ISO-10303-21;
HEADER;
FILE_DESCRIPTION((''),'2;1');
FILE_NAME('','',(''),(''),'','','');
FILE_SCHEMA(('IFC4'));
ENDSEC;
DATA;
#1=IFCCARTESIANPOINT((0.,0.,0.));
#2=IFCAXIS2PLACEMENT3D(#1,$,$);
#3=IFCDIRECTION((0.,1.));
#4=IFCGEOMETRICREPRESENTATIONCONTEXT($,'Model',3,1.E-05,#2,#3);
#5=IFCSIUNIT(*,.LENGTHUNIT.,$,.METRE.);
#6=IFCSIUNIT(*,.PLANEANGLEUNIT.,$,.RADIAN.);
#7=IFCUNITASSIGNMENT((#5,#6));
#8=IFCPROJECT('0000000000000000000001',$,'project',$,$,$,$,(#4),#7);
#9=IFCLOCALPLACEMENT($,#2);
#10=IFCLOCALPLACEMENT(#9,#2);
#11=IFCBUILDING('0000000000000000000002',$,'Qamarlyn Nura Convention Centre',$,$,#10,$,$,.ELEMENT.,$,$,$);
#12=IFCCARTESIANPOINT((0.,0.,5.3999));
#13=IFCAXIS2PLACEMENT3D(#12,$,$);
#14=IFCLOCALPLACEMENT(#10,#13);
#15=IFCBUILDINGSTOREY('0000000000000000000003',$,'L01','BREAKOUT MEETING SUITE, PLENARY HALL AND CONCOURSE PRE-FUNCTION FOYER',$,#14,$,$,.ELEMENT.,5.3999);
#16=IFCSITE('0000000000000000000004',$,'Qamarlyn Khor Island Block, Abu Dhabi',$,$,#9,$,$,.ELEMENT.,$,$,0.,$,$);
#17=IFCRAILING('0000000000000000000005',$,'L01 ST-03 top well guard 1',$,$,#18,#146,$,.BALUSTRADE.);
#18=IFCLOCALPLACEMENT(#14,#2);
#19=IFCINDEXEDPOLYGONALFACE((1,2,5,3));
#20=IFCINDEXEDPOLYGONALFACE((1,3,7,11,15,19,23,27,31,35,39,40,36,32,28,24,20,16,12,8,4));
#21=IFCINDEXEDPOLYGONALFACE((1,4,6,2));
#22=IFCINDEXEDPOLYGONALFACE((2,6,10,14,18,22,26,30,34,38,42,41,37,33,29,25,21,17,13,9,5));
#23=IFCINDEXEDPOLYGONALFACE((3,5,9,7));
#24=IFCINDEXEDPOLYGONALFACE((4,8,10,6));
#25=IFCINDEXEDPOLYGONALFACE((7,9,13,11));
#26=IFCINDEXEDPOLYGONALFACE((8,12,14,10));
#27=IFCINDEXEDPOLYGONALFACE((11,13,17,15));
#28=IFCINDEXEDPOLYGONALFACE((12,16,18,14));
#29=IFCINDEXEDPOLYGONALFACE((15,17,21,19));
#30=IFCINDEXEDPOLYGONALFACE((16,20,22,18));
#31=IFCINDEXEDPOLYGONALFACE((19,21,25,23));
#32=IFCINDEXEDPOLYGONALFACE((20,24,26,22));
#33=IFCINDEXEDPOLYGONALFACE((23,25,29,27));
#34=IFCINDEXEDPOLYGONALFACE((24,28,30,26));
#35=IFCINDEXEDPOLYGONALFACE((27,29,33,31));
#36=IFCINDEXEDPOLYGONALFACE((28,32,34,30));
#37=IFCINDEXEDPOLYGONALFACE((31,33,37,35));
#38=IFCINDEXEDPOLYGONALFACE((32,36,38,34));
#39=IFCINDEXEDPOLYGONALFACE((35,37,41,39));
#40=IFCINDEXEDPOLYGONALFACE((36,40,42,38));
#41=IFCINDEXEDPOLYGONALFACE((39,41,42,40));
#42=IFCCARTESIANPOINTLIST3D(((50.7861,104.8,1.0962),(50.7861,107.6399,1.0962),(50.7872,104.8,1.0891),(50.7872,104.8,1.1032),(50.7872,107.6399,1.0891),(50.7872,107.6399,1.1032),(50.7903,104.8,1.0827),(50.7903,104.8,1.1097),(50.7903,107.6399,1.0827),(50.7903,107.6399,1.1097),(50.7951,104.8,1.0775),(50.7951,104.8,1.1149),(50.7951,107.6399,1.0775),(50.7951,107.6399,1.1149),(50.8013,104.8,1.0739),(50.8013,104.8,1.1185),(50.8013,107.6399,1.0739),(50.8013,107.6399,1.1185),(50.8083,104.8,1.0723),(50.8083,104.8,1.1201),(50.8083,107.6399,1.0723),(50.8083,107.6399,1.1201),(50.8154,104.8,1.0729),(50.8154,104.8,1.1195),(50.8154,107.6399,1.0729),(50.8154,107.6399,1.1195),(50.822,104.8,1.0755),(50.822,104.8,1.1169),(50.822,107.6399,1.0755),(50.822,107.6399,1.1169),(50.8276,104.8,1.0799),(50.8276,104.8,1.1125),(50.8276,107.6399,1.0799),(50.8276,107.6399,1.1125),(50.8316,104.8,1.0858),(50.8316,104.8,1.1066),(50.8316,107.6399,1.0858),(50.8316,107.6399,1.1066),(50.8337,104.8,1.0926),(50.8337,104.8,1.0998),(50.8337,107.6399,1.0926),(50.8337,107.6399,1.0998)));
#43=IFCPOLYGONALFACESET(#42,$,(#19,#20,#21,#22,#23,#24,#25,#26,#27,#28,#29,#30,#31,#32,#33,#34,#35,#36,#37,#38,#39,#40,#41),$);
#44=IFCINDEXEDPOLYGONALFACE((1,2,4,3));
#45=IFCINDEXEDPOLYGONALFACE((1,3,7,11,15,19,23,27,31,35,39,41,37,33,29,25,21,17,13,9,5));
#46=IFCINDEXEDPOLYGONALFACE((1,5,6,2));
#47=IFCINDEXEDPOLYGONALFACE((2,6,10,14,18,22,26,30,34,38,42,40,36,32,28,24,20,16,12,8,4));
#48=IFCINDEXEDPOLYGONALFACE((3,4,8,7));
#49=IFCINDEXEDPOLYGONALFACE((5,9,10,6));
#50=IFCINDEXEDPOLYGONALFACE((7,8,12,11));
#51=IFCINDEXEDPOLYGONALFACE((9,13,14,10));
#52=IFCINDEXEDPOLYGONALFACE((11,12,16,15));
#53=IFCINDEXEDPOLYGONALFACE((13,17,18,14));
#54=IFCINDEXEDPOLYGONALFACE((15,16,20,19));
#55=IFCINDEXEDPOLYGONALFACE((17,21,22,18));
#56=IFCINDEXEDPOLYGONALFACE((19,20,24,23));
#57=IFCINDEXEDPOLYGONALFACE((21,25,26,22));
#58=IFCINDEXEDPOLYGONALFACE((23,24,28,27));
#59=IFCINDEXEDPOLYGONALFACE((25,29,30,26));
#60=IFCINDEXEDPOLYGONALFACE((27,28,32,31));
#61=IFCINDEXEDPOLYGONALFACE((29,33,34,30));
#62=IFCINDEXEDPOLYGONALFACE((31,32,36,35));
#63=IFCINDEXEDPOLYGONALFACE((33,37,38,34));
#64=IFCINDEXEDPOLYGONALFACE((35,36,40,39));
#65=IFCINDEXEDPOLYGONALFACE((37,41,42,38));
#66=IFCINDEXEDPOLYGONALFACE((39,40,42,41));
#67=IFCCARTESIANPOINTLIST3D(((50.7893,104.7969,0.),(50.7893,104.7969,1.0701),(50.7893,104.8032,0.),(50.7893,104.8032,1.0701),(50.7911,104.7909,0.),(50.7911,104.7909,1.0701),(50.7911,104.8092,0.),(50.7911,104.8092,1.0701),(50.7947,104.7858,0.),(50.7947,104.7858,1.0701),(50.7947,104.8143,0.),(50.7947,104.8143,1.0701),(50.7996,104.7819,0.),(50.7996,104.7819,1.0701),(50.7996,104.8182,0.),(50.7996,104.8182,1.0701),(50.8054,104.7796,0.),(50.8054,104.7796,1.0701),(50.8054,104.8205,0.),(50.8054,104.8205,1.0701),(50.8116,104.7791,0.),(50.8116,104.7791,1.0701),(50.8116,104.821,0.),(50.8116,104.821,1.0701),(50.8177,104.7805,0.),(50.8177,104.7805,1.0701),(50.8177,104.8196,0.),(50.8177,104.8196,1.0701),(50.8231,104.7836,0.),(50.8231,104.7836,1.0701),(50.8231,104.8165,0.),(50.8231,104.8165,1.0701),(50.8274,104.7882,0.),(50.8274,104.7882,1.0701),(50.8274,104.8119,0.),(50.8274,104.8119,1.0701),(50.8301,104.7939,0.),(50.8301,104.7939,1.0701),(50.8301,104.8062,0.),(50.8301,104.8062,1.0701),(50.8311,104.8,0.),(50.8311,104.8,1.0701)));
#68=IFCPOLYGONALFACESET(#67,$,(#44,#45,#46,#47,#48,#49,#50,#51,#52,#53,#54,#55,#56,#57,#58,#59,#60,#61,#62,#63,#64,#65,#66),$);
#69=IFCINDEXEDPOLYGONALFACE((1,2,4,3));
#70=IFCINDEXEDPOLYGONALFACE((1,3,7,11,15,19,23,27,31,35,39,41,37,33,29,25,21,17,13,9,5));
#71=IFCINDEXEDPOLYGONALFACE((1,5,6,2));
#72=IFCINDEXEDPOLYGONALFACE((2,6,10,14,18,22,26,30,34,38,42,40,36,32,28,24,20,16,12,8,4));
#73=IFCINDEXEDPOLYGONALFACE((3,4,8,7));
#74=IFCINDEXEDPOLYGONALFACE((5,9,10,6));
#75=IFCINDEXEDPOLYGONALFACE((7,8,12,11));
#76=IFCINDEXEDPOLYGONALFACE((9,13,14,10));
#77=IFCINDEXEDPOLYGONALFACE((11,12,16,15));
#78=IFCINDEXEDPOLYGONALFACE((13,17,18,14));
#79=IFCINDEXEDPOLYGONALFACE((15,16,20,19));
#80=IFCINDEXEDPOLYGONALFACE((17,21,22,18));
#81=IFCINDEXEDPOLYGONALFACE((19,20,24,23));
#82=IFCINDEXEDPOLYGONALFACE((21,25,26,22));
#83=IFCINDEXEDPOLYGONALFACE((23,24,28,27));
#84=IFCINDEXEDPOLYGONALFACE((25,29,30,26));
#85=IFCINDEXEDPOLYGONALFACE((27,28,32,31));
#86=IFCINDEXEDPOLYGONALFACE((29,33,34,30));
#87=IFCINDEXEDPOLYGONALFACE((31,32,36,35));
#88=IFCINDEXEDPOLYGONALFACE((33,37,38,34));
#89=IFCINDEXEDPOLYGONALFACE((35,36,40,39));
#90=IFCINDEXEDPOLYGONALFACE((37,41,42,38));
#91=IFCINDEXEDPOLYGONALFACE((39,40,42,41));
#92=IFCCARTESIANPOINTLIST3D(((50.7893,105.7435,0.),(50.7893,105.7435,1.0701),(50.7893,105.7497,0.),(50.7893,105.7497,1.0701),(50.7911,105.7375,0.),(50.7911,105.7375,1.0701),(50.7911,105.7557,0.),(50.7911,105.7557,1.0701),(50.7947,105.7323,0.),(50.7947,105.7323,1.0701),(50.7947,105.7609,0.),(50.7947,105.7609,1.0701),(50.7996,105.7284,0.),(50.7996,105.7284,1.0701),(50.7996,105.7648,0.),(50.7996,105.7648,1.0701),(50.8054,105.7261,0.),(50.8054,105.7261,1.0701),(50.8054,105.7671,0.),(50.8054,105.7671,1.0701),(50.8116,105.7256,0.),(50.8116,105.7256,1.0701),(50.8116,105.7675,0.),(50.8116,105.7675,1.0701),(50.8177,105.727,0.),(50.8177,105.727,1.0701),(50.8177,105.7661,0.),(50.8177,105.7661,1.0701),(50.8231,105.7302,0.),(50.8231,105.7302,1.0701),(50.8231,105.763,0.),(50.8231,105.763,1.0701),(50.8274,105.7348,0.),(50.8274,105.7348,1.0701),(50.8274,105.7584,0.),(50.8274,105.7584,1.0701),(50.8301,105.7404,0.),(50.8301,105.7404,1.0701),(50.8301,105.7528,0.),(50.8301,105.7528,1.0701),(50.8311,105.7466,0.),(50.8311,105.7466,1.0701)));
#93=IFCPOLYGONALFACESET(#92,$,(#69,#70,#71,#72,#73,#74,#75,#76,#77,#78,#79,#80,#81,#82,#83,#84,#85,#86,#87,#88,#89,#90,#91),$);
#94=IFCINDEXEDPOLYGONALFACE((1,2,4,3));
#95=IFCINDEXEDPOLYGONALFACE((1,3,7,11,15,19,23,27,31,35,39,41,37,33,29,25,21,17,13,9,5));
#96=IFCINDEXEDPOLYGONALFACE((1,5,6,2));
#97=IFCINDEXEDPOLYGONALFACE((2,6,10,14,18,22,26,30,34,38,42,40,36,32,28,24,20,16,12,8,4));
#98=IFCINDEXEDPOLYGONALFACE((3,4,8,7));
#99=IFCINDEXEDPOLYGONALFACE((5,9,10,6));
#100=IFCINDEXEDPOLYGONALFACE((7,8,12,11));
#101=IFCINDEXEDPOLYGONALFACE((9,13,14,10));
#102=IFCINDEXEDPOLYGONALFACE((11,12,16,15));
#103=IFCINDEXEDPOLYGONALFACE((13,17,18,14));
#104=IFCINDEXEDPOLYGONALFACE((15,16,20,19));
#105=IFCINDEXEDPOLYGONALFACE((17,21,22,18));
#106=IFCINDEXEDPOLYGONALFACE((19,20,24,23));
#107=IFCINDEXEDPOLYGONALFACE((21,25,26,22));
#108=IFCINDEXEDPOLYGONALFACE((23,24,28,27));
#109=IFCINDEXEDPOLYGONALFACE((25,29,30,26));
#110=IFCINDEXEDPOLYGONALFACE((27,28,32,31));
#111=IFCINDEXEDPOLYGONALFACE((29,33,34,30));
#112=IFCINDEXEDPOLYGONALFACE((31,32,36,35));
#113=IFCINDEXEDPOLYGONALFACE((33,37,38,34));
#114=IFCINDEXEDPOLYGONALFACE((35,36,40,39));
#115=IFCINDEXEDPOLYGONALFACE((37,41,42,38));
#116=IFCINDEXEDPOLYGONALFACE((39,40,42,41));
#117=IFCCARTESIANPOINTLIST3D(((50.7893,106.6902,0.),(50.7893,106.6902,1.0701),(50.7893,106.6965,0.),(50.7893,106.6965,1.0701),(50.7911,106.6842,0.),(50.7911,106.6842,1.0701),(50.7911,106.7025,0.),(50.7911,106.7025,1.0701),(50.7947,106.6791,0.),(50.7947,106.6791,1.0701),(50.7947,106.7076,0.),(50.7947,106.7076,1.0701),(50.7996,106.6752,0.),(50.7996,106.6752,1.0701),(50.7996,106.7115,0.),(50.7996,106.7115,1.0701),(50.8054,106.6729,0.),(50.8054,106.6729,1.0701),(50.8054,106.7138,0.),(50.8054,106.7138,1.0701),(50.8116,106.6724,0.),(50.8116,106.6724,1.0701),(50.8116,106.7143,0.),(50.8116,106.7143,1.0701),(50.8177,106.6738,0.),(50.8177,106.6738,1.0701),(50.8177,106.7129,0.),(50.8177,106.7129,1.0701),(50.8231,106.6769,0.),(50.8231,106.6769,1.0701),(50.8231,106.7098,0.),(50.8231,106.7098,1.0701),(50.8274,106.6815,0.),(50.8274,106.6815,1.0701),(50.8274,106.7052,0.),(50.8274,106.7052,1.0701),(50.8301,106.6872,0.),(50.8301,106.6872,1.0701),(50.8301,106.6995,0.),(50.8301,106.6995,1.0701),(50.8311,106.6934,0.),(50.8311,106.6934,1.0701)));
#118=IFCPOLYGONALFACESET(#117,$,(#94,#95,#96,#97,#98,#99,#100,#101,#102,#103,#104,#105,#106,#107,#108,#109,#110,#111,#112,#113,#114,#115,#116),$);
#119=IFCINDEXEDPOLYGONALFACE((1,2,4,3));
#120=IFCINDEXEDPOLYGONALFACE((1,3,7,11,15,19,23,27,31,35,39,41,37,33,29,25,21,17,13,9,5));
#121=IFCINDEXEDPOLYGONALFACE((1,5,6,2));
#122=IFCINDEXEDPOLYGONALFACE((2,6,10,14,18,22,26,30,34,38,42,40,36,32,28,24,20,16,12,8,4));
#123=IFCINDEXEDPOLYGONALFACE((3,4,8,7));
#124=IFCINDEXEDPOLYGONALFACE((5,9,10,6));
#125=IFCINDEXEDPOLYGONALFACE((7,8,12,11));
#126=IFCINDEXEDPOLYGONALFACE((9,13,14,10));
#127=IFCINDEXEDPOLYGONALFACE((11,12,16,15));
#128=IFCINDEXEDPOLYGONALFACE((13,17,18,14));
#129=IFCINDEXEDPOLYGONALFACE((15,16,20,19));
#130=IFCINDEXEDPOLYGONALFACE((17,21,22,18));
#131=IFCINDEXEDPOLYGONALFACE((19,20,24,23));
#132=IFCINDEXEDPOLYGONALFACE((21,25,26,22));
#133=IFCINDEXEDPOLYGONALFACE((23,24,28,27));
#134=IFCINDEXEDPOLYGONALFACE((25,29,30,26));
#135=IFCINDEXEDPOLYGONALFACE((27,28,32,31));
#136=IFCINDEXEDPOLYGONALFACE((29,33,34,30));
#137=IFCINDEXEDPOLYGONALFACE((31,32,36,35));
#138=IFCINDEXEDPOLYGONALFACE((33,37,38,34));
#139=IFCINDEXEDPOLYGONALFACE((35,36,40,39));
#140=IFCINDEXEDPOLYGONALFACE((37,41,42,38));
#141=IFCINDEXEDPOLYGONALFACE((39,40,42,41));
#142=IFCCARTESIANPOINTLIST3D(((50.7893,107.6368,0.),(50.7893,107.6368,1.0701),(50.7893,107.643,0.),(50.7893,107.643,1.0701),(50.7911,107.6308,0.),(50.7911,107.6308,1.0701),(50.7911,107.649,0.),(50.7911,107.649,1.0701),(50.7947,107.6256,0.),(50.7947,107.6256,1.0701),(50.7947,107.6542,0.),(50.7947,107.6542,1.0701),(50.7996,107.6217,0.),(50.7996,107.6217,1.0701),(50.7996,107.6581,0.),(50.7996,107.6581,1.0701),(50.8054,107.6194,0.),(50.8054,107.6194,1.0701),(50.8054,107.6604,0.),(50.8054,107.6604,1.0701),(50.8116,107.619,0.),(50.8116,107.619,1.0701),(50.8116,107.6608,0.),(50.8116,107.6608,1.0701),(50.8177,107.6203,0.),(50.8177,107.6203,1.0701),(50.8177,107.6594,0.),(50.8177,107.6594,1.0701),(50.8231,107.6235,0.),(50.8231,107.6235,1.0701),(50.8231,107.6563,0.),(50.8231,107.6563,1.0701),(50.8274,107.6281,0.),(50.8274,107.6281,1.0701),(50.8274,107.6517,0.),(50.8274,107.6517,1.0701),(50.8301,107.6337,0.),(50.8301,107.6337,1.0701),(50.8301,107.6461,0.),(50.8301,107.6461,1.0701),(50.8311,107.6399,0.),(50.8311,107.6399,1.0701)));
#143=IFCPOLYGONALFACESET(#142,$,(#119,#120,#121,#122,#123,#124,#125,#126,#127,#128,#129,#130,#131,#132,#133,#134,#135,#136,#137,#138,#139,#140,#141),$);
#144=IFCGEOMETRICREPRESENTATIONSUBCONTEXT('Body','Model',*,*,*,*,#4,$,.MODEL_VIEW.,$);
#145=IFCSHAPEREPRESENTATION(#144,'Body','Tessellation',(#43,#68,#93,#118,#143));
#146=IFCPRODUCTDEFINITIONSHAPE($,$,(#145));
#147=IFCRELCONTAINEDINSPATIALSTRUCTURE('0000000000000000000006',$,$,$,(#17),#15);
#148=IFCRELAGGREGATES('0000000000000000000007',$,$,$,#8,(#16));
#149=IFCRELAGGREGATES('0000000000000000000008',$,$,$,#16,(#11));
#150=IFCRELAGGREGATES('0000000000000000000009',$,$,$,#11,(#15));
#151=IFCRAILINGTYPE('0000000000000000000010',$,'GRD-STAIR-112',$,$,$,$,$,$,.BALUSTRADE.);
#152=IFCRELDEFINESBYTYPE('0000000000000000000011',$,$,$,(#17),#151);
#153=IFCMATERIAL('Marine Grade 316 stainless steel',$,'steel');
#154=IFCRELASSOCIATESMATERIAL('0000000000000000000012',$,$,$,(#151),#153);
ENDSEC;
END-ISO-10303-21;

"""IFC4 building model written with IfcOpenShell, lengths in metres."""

from ifc_helpers import new_model, si_unit, direction, frame, origin, origin_2d, place, context, subcontext, project, spatial, circle, extrude, material, type_object, element, save


model = new_model("IFC4")

# Units and contexts
model_context = context("Model", 3, precision=1e-05, world=origin(), true_north=direction((0.0, 1.0)))
body_context = subcontext(model_context, "Body", "Model", "MODEL_VIEW")
ifc_project = project(units=[si_unit("LENGTHUNIT", "METRE"), si_unit("PLANEANGLEUNIT", "RADIAN")], contexts=[model_context])

# Site, building, storey
site_placement = place(None, origin())
site = spatial("IfcSite", under=ifc_project, at=site_placement, Name="Qamarlyn Khor Island Block, Abu Dhabi", CompositionType="ELEMENT", RefElevation=0.0)
building_placement = place(site_placement, origin())
building = spatial("IfcBuilding", under=site, at=building_placement, Name="Qamarlyn Nura Convention Centre", CompositionType="ELEMENT")
storey_placement = place(building_placement, frame((0.0, 0.0, 5.3999)))
storey = spatial("IfcBuildingStorey", under=building, at=storey_placement, Name="L01", Description="BREAKOUT MEETING SUITE, PLENARY HALL AND CONCOURSE PRE-FUNCTION FOYER", CompositionType="ELEMENT", Elevation=5.3999)

# Railing
ifc_material_1 = material(Name="Marine Grade 316 stainless steel", Category="steel")
railing_type = type_object("IfcRailingType", Name="GRD-STAIR-112", PredefinedType="BALUSTRADE", material=ifc_material_1)
for number, where, name in (
    (1, (50.8101, 104.8, 0.0), "L01 ST-03 top well guard 1"),
):
    element("IfcRailing", number, at=place(storey_placement, frame(where)), inside=storey, type_object=railing_type, Name=name, PredefinedType="BALUSTRADE", context=body_context, shape_type="SweptSolid", body=[
        extrude(circle(Radius=0.0239, at=origin_2d()), frame((0.0, 0.0, 1.0962), z_axis=(0.0, 1.0, 0.0), x_axis=(-1.0, 0.0, 0.0)), (0.0, 0.0, 1.0), 2.8398),
        extrude(circle(Radius=0.021, at=origin_2d()), origin(), (0.0, 0.0, 1.0), 1.0701),
        extrude(circle(Radius=0.021, at=origin_2d()), frame((0.0, 0.9465, 0.0)), (0.0, 0.0, 1.0), 1.0701),
        extrude(circle(Radius=0.021, at=origin_2d()), frame((0.0, 1.8933, 0.0)), (0.0, 0.0, 1.0), 1.0701),
        extrude(circle(Radius=0.021, at=origin_2d()), frame((0.0, 2.8398, 0.0)), (0.0, 0.0, 1.0), 1.0701),
    ])

save(model, "model.ifc")
